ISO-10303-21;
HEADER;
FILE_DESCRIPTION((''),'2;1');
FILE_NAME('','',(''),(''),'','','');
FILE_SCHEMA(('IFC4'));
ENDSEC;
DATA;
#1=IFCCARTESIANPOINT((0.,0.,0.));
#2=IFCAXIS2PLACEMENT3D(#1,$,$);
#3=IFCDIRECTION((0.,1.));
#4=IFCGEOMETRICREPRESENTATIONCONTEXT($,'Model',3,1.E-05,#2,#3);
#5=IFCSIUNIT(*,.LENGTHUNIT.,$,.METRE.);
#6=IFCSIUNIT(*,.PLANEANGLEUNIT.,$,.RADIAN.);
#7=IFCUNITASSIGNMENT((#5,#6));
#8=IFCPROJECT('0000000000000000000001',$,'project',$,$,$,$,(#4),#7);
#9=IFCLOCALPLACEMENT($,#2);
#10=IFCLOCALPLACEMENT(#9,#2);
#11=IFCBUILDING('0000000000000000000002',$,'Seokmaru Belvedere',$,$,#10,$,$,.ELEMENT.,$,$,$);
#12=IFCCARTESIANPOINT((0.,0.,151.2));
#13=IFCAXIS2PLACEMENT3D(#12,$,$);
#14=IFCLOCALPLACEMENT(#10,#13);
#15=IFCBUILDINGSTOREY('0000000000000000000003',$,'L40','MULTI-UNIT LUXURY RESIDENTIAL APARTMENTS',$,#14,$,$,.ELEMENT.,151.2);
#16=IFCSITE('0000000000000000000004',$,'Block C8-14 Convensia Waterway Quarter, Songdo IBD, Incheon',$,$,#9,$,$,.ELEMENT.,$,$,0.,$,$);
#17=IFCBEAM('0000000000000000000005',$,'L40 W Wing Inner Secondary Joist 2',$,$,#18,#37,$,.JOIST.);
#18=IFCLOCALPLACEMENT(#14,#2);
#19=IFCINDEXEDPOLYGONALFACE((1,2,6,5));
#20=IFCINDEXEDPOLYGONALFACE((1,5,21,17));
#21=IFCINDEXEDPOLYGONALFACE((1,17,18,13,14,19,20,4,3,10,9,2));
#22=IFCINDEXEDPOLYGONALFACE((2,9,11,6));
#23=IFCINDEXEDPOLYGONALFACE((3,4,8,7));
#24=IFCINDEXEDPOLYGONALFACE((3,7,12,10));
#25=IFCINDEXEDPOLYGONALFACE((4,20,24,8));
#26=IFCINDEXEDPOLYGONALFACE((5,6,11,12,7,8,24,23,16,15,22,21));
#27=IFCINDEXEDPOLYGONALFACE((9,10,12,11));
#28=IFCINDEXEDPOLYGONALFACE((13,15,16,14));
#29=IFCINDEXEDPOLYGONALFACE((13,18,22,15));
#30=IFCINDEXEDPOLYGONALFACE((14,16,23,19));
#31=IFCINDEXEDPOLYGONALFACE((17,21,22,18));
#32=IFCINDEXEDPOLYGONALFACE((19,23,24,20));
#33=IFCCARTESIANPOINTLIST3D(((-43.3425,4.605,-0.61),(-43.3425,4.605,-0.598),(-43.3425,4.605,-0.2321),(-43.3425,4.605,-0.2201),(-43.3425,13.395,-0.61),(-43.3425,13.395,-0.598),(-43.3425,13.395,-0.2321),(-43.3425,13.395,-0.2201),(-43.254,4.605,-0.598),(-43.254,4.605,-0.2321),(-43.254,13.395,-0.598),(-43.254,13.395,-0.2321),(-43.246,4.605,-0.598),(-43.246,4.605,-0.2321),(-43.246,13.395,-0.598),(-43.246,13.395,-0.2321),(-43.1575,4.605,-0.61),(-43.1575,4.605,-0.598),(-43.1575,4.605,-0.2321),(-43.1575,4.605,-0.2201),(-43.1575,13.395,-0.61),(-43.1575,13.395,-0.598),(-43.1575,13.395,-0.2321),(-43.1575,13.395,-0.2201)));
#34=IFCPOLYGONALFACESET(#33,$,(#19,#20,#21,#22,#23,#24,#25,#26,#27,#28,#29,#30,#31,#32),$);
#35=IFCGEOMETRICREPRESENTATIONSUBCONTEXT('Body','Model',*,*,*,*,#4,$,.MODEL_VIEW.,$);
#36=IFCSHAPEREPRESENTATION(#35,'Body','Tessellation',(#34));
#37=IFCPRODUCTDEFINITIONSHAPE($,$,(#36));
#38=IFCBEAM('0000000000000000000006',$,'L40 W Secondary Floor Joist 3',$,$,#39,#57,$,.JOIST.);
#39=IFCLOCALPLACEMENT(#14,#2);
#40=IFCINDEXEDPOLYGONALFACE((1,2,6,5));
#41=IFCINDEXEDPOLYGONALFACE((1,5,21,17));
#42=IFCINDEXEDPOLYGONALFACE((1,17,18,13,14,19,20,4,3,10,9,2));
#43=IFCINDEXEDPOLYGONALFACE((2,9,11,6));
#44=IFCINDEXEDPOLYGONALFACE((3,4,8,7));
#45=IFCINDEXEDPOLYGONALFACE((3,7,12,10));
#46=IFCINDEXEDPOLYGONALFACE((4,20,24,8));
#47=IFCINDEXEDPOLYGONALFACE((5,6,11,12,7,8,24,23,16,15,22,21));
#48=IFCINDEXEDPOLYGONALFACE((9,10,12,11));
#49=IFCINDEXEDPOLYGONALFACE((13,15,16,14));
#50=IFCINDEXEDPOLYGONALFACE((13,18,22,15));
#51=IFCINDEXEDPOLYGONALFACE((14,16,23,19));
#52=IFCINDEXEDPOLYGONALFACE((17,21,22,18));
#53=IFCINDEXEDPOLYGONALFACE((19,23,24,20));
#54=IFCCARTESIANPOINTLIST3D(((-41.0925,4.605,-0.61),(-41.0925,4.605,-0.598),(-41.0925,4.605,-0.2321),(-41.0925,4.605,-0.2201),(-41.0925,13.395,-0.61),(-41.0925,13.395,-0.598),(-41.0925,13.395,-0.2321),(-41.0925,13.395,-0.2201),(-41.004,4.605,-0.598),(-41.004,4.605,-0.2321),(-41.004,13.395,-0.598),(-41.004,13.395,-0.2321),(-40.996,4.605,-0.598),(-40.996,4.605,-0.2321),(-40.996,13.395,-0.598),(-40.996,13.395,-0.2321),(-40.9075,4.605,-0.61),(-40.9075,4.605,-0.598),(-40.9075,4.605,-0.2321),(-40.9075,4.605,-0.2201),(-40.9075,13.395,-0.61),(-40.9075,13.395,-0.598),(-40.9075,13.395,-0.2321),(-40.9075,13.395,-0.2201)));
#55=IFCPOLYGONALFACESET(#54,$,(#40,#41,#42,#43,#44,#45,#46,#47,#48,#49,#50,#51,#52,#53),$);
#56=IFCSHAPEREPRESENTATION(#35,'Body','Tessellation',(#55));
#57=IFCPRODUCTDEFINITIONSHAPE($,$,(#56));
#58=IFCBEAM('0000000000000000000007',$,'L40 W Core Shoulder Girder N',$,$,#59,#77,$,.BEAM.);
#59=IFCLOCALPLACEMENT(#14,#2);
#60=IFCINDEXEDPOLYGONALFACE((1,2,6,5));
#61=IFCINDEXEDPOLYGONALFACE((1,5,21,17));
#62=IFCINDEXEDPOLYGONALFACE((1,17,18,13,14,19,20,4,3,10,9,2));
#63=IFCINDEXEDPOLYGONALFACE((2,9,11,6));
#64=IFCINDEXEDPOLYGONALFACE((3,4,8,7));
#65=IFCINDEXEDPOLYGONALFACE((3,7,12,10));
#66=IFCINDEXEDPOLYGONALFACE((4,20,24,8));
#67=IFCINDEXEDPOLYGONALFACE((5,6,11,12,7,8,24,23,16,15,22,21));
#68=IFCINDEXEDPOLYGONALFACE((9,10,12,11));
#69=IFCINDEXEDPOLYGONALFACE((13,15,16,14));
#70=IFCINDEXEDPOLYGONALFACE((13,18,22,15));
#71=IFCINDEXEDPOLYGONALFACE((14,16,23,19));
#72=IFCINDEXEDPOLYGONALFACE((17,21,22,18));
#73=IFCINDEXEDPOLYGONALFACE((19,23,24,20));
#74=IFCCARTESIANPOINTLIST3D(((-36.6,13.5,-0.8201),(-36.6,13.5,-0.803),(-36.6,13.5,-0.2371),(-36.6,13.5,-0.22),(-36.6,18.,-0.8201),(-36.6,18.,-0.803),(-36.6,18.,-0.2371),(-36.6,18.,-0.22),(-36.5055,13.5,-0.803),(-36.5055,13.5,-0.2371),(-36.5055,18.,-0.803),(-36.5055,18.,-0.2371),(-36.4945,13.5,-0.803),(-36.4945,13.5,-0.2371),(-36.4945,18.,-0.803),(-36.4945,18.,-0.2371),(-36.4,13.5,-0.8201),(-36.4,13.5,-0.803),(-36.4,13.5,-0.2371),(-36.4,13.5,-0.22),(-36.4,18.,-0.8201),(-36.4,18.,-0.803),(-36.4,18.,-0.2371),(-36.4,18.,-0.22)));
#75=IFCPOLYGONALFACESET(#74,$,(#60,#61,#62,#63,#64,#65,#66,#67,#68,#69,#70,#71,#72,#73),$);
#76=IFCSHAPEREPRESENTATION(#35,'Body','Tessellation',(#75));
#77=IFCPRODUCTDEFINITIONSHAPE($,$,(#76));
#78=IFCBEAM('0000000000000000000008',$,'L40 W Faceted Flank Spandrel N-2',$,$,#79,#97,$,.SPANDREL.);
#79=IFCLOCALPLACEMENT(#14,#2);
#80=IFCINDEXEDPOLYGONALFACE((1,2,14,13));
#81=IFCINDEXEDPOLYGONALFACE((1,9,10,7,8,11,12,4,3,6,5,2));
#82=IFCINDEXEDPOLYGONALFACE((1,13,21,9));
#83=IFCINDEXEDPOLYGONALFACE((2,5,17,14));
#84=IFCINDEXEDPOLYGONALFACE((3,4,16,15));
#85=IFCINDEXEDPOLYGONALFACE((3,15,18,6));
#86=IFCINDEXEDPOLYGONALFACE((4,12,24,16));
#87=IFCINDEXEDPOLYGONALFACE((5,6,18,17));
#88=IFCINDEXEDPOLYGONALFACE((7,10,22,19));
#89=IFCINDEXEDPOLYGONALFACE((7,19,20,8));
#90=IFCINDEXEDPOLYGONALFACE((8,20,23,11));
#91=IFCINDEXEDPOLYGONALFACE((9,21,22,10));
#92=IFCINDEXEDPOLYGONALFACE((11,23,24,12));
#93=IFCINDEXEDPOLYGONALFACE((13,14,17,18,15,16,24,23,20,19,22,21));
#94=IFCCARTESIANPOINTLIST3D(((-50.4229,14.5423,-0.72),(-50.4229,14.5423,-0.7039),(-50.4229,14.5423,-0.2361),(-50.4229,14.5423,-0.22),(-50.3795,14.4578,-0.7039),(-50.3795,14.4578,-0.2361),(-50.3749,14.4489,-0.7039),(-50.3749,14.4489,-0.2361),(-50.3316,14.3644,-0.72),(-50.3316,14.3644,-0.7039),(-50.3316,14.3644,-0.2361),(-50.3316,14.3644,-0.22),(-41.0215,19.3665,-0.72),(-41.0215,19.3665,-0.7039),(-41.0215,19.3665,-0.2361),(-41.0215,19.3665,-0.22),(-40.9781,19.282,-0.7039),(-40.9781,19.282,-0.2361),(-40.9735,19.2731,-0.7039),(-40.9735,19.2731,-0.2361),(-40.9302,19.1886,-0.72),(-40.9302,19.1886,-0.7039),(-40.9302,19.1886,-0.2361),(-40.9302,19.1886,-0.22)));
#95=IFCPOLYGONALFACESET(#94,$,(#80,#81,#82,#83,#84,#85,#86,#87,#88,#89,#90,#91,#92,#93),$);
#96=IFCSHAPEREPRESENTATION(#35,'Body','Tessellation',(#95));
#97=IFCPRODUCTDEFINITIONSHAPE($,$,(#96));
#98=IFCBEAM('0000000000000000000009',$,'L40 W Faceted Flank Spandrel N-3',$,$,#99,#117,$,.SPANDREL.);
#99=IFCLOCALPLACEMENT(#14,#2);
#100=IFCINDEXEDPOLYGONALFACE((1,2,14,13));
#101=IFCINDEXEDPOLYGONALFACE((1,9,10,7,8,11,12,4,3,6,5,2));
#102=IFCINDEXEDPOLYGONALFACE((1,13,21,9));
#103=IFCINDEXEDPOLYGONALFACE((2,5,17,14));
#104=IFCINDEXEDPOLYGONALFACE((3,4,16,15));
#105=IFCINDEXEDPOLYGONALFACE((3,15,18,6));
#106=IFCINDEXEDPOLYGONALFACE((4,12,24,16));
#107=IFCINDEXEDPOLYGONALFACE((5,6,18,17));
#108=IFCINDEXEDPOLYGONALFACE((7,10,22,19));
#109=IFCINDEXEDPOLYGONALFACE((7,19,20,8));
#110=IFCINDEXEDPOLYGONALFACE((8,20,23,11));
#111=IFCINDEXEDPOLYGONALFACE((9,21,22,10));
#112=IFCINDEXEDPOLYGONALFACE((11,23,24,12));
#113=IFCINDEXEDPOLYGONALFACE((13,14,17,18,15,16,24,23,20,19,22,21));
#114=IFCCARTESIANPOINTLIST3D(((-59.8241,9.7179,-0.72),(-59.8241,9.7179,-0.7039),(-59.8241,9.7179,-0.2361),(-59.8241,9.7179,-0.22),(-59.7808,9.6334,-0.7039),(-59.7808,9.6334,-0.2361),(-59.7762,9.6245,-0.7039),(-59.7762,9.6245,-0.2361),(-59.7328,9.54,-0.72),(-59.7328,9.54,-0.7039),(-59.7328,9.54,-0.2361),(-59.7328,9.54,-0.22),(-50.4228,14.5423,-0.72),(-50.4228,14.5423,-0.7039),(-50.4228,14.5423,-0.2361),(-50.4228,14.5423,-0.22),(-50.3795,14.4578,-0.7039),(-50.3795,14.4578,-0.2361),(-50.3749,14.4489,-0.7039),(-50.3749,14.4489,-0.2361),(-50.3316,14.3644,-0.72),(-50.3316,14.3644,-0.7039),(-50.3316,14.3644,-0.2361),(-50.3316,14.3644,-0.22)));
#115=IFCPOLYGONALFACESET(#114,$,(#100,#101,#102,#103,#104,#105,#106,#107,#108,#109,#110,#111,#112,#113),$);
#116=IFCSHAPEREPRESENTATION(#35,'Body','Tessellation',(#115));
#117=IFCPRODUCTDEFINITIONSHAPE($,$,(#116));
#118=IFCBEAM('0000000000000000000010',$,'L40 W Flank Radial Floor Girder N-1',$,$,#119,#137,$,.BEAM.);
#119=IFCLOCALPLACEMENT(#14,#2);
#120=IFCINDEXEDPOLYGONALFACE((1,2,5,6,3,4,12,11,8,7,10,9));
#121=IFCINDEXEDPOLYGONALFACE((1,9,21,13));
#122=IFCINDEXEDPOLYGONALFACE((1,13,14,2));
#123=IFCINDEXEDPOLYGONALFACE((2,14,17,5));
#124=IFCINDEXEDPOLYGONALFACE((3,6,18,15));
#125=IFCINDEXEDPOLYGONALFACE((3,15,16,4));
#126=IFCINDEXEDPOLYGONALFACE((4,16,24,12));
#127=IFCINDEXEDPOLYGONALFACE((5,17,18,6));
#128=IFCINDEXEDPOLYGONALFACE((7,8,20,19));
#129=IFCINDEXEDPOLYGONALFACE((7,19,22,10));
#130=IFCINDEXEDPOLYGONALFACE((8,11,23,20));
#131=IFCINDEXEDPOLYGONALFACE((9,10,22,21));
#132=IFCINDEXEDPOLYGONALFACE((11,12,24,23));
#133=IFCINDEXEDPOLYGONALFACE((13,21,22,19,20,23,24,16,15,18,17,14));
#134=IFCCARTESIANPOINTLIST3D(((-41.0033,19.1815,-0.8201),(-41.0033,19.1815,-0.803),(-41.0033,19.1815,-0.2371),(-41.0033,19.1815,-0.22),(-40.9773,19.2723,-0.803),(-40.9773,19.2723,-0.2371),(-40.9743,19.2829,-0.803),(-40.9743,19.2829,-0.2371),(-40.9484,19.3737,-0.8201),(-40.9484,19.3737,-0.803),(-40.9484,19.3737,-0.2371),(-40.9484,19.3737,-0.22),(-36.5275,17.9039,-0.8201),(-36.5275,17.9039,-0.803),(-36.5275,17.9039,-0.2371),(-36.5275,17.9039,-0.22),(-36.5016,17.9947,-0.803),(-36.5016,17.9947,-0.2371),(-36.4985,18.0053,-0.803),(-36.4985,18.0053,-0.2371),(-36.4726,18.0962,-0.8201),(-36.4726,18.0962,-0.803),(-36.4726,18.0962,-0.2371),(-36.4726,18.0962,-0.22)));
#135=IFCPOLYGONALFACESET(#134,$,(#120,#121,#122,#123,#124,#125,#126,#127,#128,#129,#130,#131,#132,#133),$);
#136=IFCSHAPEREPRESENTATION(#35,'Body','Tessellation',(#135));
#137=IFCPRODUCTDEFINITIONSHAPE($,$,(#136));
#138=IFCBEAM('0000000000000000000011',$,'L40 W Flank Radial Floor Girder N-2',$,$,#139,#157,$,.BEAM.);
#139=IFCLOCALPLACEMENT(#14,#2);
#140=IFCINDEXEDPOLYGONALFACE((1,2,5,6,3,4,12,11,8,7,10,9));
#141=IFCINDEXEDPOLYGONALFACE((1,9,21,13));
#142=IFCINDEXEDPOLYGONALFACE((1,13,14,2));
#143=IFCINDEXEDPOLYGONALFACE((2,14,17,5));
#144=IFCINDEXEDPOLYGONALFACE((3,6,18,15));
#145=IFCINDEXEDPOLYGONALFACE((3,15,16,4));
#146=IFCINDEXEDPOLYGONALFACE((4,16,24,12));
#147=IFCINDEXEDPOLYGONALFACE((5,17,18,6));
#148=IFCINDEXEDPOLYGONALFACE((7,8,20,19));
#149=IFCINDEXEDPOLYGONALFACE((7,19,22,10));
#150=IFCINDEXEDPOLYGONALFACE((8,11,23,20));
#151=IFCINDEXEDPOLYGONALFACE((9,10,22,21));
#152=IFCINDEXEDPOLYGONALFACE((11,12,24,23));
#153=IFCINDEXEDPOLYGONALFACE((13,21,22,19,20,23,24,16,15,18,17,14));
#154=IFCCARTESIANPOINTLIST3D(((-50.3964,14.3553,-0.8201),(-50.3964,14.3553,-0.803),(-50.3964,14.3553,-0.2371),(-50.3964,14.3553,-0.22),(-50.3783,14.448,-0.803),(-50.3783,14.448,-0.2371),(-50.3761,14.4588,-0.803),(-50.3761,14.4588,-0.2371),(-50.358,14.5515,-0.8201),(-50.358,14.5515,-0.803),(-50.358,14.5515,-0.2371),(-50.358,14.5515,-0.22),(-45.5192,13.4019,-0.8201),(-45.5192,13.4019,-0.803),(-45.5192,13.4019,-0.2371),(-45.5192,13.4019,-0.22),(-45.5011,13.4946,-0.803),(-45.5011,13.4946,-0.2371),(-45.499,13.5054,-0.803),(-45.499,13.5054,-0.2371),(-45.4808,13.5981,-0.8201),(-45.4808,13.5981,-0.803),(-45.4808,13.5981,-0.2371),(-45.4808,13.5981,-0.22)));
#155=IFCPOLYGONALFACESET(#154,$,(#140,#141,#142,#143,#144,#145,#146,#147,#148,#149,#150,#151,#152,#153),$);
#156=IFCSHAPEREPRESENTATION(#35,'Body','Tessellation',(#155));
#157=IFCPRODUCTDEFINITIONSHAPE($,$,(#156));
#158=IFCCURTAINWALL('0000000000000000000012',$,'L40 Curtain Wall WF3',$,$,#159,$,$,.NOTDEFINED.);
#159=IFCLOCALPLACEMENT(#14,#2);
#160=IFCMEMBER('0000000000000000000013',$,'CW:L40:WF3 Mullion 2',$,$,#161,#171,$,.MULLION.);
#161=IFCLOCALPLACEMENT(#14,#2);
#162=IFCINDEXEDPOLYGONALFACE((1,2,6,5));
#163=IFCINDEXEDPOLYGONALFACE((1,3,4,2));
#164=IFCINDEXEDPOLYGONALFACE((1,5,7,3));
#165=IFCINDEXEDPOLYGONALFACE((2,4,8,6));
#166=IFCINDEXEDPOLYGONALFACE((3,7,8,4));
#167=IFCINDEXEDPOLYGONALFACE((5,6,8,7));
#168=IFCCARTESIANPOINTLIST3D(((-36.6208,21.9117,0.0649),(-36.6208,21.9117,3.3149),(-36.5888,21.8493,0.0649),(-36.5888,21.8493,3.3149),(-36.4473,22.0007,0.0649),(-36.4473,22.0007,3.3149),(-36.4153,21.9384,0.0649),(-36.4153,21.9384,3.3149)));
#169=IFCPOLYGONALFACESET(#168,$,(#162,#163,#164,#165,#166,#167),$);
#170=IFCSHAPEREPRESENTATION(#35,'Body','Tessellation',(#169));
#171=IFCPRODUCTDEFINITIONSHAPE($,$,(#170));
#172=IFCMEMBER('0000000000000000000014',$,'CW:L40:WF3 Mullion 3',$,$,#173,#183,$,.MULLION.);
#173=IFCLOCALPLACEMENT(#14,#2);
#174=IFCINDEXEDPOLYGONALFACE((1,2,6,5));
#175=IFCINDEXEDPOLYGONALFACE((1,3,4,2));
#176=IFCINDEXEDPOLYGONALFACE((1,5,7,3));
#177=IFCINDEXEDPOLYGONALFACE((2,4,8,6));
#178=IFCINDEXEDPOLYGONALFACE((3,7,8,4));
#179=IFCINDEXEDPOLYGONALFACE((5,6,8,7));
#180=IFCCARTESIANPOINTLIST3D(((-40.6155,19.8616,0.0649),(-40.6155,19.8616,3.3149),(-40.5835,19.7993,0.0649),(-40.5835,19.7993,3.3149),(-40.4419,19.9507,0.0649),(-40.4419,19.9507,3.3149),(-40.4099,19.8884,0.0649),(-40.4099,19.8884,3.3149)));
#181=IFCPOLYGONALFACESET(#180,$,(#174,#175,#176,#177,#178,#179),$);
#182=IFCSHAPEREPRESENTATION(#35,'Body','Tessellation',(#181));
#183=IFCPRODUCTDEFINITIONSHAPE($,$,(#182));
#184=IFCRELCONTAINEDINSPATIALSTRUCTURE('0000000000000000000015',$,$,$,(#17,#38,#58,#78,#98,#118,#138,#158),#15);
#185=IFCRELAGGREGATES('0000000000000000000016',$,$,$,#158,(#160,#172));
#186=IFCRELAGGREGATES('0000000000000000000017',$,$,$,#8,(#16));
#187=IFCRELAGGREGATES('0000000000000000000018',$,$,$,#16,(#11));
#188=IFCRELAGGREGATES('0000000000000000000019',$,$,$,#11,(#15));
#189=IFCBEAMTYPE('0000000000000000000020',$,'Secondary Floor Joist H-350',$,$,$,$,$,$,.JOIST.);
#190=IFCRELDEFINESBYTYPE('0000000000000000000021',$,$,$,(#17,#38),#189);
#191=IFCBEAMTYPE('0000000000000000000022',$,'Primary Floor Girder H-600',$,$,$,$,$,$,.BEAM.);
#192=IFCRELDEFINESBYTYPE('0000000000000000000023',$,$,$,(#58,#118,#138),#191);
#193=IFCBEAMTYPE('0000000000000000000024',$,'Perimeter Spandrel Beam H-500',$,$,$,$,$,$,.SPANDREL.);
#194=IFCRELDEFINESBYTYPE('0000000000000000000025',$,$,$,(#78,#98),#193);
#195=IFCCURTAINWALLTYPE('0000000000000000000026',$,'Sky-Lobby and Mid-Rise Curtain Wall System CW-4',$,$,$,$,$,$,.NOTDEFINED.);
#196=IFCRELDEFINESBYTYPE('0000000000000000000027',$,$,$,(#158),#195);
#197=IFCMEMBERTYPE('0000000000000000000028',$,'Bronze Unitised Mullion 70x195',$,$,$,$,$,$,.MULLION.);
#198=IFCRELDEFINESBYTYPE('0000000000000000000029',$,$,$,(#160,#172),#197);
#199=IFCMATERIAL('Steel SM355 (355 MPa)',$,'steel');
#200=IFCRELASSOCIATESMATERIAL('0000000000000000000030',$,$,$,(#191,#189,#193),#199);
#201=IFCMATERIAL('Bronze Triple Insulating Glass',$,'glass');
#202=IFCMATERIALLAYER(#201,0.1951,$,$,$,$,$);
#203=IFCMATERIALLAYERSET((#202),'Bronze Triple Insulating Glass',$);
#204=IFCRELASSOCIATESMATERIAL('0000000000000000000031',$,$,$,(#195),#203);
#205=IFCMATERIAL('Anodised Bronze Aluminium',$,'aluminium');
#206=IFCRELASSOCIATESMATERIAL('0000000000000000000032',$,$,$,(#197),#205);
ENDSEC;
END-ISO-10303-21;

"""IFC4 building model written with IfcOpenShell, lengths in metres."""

from ifc_helpers import new_model, si_unit, direction, frame, origin, origin_2d, place, context, subcontext, project, spatial, rectangle, i_section, extrude, source, transform, mapped, material, layer, layer_set, material_profile, profile_set, type_object, type_shapes, element, aggregate, save


model = new_model("IFC4")

# Units and contexts
model_context = context("Model", 3, precision=1e-05, world=origin(), true_north=direction((0.0, 1.0)))
body_context = subcontext(model_context, "Body", "Model", "MODEL_VIEW")
ifc_project = project(units=[si_unit("LENGTHUNIT", "METRE"), si_unit("PLANEANGLEUNIT", "RADIAN")], contexts=[model_context])

# Site, building, storey
site_placement = place(None, origin())
site = spatial("IfcSite", under=ifc_project, at=site_placement, Name="Block C8-14 Convensia Waterway Quarter, Songdo IBD, Incheon", CompositionType="ELEMENT", RefElevation=0.0)
building_placement = place(site_placement, origin())
building = spatial("IfcBuilding", under=site, at=building_placement, Name="Seokmaru Belvedere", CompositionType="ELEMENT")
storey_placement = place(building_placement, frame((0.0, 0.0, 151.2)))
storey = spatial("IfcBuildingStorey", under=building, at=storey_placement, Name="L40", Description="MULTI-UNIT LUXURY RESIDENTIAL APARTMENTS", CompositionType="ELEMENT", Elevation=151.2)

# Shared definitions
ifc_material_1 = material(Name="Steel SM355 (355 MPa)", Category="steel")

# Beams
ifc_material_profile_1 = material_profile(ifc_material_1, i_section(OverallWidth=0.2, OverallDepth=0.6001, WebThickness=0.011, FlangeThickness=0.0171, at=origin_2d()), Name="H-600x200x11x17")
ifc_profile_set_1 = profile_set([ifc_material_profile_1], Name="Steel SM355 (355 MPa)")
beam_type_1 = type_object("IfcBeamType", Name="Primary Floor Girder H-600", PredefinedType="BEAM", material=ifc_profile_set_1)
ifc_material_profile_2 = material_profile(ifc_material_1, i_section(OverallWidth=0.1851, OverallDepth=0.3899, WebThickness=0.0081, FlangeThickness=0.012, at=origin_2d()), Name="H-390x185x8x12")
ifc_profile_set_2 = profile_set([ifc_material_profile_2], Name="Steel SM355 (355 MPa)")
beam_type_2 = type_object("IfcBeamType", Name="Secondary Floor Joist H-350", PredefinedType="JOIST", material=ifc_profile_set_2)
shared_shape_1 = source(origin(), body_context, "Body", "SweptSolid", [
    extrude(i_section(OverallWidth=0.1851, OverallDepth=0.3899, WebThickness=0.0081, FlangeThickness=0.012, at=origin_2d()), origin(), (0.0, 0.0, 1.0), 8.79),
])
type_shapes(beam_type_2, [shared_shape_1])
for number, where, z_axis, x_axis, name in (
    (1, (-43.25, 4.605, -0.415), (0.0, 1.0, 0.0), (-1.0, 0.0, 0.0), "L40 W Wing Inner Secondary Joist 2"),
    (2, (-41.0, 4.605, -0.415), (0.0, 1.0, 0.0), (-1.0, 0.0, 0.0), "L40 W Secondary Floor Joist 3"),
):
    element("IfcBeam", number, at=place(storey_placement, frame(where, z_axis=z_axis, x_axis=x_axis)), inside=storey, type_object=beam_type_2, Name=name, PredefinedType="JOIST", context=body_context, shape_type="MappedRepresentation", body=[
        mapped(shared_shape_1, transform((0.0, 0.0, 0.0), scale=1.0)),
    ])
shared_shape_2 = source(origin(), body_context, "Body", "SweptSolid", [
    extrude(i_section(OverallWidth=0.2, OverallDepth=0.6001, WebThickness=0.011, FlangeThickness=0.0171, at=origin_2d()), origin(), (0.0, 0.0, 1.0), 4.5),
])
beam_1_placement = place(storey_placement, frame((-36.5, 13.5, -0.52), z_axis=(0.0, 1.0, 0.0), x_axis=(-1.0, 0.0, 0.0)))
element("IfcBeam", 3, at=beam_1_placement, inside=storey, type_object=beam_type_1, Name="L40 W Core Shoulder Girder N", PredefinedType="BEAM", context=body_context, shape_type="MappedRepresentation", body=[
    mapped(shared_shape_2, transform((0.0, 0.0, 0.0), scale=1.0)),
])
ifc_material_profile_3 = material_profile(ifc_material_1, i_section(OverallWidth=0.2, OverallDepth=0.5, WebThickness=0.01, FlangeThickness=0.0161, at=origin_2d()), Name="H-500x200x10x16")
ifc_profile_set_3 = profile_set([ifc_material_profile_3], Name="Steel SM355 (355 MPa)")
beam_type_3 = type_object("IfcBeamType", Name="Perimeter Spandrel Beam H-500", PredefinedType="SPANDREL", material=ifc_profile_set_3)
shared_shape_3 = source(origin(), body_context, "Body", "SweptSolid", [
    extrude(i_section(OverallWidth=0.2, OverallDepth=0.5, WebThickness=0.01, FlangeThickness=0.0161, at=origin_2d()), origin(), (0.0, 0.0, 1.0), 10.5669),
])
type_shapes(beam_type_3, [shared_shape_3])
for number, where, z_axis, x_axis, name in (
    (4, (-40.9758, 19.2776, -0.47), (-0.889702, -0.456542, 0.0), (0.456542, -0.889702, 0.0), "L40 W Faceted Flank Spandrel N-2"),
    (5, (-50.3772, 14.4534, -0.47), (-0.889693, -0.45656, 0.0), (0.45656, -0.889693, 0.0), "L40 W Faceted Flank Spandrel N-3"),
):
    element("IfcBeam", number, at=place(storey_placement, frame(where, z_axis=z_axis, x_axis=x_axis)), inside=storey, type_object=beam_type_3, Name=name, PredefinedType="SPANDREL", context=body_context, shape_type="MappedRepresentation", body=[
        mapped(shared_shape_3, transform((0.0, 0.0, 0.0), scale=1.0)),
    ])
shared_shape_4 = source(origin(), body_context, "Body", "SweptSolid", [
    extrude(i_section(OverallWidth=0.2, OverallDepth=0.6001, WebThickness=0.011, FlangeThickness=0.0171, at=origin_2d()), origin(), (0.0, 0.0, 1.0), 4.6545),
])
beam_2_placement = place(storey_placement, frame((-40.9758, 19.2776, -0.52), z_axis=(0.961593, -0.274479, 0.0), x_axis=(0.274479, 0.961593, 0.0)))
element("IfcBeam", 6, at=beam_2_placement, inside=storey, type_object=beam_type_1, Name="L40 W Flank Radial Floor Girder N-1", PredefinedType="BEAM", context=body_context, shape_type="MappedRepresentation", body=[
    mapped(shared_shape_4, transform((0.0, 0.0, 0.0), scale=1.0)),
])
shared_shape_5 = source(origin(), body_context, "Body", "SweptSolid", [
    extrude(i_section(OverallWidth=0.2, OverallDepth=0.6001, WebThickness=0.011, FlangeThickness=0.0171, at=origin_2d()), origin(), (0.0, 0.0, 1.0), 4.9695),
])
beam_3_placement = place(storey_placement, frame((-50.3772, 14.4534, -0.52), z_axis=(0.981425, -0.191844, 0.0), x_axis=(0.191844, 0.981425, 0.0)))
element("IfcBeam", 7, at=beam_3_placement, inside=storey, type_object=beam_type_1, Name="L40 W Flank Radial Floor Girder N-2", PredefinedType="BEAM", context=body_context, shape_type="MappedRepresentation", body=[
    mapped(shared_shape_5, transform((0.0, 0.0, 0.0), scale=1.0)),
])

# Curtain wall, members
ifc_material_2 = material(Name="Bronze Triple Insulating Glass", Category="glass")
ifc_layer_1 = layer(ifc_material_2, 0.1951)
ifc_layer_set_1 = layer_set([ifc_layer_1], Name="Bronze Triple Insulating Glass")
curtain_wall_type = type_object("IfcCurtainWallType", Name="Sky-Lobby and Mid-Rise Curtain Wall System CW-4", PredefinedType="NOTDEFINED", material=ifc_layer_set_1)
curtain_wall_placement = place(storey_placement, origin())
curtain_wall = element("IfcCurtainWall", 8, at=curtain_wall_placement, inside=storey, type_object=curtain_wall_type, Name="L40 Curtain Wall WF3", PredefinedType="NOTDEFINED")
ifc_material_3 = material(Name="Anodised Bronze Aluminium", Category="aluminium")
ifc_material_profile_4 = material_profile(ifc_material_3, rectangle(XDim=0.0701, YDim=0.1951, at=origin_2d()), Name="CW-M-70x195")
ifc_profile_set_4 = profile_set([ifc_material_profile_4], Name="Anodised Bronze Aluminium")
member_type = type_object("IfcMemberType", Name="Bronze Unitised Mullion 70x195", PredefinedType="MULLION", material=ifc_profile_set_4)
shared_shape_6 = source(origin(), body_context, "Body", "SweptSolid", [
    extrude(rectangle(XDim=0.0701, YDim=0.1951, at=origin_2d()), origin(), (0.0, 0.0, 1.0), 3.25),
])
type_shapes(member_type, [shared_shape_6])
member_1_placement = place(storey_placement, frame((-36.5181, 21.925, 0.0649), z_axis=(0.0, 0.0, 1.0), x_axis=(0.456555, -0.889695, 0.0)))
member_1 = element("IfcMember", 9, at=member_1_placement, type_object=member_type, Name="CW:L40:WF3 Mullion 2", PredefinedType="MULLION", context=body_context, shape_type="MappedRepresentation", body=[
    mapped(shared_shape_6, transform((0.0, 0.0, 0.0), scale=1.0)),
])
member_2_placement = place(storey_placement, frame((-40.5127, 19.875, 0.0649), z_axis=(0.0, 0.0, 1.0), x_axis=(0.456555, -0.889695, 0.0)))
member_2 = element("IfcMember", 10, at=member_2_placement, type_object=member_type, Name="CW:L40:WF3 Mullion 3", PredefinedType="MULLION", context=body_context, shape_type="MappedRepresentation", body=[
    mapped(shared_shape_6, transform((0.0, 0.0, 0.0), scale=1.0)),
])
aggregate(curtain_wall, [member_1, member_2])

save(model, "model.ifc")
